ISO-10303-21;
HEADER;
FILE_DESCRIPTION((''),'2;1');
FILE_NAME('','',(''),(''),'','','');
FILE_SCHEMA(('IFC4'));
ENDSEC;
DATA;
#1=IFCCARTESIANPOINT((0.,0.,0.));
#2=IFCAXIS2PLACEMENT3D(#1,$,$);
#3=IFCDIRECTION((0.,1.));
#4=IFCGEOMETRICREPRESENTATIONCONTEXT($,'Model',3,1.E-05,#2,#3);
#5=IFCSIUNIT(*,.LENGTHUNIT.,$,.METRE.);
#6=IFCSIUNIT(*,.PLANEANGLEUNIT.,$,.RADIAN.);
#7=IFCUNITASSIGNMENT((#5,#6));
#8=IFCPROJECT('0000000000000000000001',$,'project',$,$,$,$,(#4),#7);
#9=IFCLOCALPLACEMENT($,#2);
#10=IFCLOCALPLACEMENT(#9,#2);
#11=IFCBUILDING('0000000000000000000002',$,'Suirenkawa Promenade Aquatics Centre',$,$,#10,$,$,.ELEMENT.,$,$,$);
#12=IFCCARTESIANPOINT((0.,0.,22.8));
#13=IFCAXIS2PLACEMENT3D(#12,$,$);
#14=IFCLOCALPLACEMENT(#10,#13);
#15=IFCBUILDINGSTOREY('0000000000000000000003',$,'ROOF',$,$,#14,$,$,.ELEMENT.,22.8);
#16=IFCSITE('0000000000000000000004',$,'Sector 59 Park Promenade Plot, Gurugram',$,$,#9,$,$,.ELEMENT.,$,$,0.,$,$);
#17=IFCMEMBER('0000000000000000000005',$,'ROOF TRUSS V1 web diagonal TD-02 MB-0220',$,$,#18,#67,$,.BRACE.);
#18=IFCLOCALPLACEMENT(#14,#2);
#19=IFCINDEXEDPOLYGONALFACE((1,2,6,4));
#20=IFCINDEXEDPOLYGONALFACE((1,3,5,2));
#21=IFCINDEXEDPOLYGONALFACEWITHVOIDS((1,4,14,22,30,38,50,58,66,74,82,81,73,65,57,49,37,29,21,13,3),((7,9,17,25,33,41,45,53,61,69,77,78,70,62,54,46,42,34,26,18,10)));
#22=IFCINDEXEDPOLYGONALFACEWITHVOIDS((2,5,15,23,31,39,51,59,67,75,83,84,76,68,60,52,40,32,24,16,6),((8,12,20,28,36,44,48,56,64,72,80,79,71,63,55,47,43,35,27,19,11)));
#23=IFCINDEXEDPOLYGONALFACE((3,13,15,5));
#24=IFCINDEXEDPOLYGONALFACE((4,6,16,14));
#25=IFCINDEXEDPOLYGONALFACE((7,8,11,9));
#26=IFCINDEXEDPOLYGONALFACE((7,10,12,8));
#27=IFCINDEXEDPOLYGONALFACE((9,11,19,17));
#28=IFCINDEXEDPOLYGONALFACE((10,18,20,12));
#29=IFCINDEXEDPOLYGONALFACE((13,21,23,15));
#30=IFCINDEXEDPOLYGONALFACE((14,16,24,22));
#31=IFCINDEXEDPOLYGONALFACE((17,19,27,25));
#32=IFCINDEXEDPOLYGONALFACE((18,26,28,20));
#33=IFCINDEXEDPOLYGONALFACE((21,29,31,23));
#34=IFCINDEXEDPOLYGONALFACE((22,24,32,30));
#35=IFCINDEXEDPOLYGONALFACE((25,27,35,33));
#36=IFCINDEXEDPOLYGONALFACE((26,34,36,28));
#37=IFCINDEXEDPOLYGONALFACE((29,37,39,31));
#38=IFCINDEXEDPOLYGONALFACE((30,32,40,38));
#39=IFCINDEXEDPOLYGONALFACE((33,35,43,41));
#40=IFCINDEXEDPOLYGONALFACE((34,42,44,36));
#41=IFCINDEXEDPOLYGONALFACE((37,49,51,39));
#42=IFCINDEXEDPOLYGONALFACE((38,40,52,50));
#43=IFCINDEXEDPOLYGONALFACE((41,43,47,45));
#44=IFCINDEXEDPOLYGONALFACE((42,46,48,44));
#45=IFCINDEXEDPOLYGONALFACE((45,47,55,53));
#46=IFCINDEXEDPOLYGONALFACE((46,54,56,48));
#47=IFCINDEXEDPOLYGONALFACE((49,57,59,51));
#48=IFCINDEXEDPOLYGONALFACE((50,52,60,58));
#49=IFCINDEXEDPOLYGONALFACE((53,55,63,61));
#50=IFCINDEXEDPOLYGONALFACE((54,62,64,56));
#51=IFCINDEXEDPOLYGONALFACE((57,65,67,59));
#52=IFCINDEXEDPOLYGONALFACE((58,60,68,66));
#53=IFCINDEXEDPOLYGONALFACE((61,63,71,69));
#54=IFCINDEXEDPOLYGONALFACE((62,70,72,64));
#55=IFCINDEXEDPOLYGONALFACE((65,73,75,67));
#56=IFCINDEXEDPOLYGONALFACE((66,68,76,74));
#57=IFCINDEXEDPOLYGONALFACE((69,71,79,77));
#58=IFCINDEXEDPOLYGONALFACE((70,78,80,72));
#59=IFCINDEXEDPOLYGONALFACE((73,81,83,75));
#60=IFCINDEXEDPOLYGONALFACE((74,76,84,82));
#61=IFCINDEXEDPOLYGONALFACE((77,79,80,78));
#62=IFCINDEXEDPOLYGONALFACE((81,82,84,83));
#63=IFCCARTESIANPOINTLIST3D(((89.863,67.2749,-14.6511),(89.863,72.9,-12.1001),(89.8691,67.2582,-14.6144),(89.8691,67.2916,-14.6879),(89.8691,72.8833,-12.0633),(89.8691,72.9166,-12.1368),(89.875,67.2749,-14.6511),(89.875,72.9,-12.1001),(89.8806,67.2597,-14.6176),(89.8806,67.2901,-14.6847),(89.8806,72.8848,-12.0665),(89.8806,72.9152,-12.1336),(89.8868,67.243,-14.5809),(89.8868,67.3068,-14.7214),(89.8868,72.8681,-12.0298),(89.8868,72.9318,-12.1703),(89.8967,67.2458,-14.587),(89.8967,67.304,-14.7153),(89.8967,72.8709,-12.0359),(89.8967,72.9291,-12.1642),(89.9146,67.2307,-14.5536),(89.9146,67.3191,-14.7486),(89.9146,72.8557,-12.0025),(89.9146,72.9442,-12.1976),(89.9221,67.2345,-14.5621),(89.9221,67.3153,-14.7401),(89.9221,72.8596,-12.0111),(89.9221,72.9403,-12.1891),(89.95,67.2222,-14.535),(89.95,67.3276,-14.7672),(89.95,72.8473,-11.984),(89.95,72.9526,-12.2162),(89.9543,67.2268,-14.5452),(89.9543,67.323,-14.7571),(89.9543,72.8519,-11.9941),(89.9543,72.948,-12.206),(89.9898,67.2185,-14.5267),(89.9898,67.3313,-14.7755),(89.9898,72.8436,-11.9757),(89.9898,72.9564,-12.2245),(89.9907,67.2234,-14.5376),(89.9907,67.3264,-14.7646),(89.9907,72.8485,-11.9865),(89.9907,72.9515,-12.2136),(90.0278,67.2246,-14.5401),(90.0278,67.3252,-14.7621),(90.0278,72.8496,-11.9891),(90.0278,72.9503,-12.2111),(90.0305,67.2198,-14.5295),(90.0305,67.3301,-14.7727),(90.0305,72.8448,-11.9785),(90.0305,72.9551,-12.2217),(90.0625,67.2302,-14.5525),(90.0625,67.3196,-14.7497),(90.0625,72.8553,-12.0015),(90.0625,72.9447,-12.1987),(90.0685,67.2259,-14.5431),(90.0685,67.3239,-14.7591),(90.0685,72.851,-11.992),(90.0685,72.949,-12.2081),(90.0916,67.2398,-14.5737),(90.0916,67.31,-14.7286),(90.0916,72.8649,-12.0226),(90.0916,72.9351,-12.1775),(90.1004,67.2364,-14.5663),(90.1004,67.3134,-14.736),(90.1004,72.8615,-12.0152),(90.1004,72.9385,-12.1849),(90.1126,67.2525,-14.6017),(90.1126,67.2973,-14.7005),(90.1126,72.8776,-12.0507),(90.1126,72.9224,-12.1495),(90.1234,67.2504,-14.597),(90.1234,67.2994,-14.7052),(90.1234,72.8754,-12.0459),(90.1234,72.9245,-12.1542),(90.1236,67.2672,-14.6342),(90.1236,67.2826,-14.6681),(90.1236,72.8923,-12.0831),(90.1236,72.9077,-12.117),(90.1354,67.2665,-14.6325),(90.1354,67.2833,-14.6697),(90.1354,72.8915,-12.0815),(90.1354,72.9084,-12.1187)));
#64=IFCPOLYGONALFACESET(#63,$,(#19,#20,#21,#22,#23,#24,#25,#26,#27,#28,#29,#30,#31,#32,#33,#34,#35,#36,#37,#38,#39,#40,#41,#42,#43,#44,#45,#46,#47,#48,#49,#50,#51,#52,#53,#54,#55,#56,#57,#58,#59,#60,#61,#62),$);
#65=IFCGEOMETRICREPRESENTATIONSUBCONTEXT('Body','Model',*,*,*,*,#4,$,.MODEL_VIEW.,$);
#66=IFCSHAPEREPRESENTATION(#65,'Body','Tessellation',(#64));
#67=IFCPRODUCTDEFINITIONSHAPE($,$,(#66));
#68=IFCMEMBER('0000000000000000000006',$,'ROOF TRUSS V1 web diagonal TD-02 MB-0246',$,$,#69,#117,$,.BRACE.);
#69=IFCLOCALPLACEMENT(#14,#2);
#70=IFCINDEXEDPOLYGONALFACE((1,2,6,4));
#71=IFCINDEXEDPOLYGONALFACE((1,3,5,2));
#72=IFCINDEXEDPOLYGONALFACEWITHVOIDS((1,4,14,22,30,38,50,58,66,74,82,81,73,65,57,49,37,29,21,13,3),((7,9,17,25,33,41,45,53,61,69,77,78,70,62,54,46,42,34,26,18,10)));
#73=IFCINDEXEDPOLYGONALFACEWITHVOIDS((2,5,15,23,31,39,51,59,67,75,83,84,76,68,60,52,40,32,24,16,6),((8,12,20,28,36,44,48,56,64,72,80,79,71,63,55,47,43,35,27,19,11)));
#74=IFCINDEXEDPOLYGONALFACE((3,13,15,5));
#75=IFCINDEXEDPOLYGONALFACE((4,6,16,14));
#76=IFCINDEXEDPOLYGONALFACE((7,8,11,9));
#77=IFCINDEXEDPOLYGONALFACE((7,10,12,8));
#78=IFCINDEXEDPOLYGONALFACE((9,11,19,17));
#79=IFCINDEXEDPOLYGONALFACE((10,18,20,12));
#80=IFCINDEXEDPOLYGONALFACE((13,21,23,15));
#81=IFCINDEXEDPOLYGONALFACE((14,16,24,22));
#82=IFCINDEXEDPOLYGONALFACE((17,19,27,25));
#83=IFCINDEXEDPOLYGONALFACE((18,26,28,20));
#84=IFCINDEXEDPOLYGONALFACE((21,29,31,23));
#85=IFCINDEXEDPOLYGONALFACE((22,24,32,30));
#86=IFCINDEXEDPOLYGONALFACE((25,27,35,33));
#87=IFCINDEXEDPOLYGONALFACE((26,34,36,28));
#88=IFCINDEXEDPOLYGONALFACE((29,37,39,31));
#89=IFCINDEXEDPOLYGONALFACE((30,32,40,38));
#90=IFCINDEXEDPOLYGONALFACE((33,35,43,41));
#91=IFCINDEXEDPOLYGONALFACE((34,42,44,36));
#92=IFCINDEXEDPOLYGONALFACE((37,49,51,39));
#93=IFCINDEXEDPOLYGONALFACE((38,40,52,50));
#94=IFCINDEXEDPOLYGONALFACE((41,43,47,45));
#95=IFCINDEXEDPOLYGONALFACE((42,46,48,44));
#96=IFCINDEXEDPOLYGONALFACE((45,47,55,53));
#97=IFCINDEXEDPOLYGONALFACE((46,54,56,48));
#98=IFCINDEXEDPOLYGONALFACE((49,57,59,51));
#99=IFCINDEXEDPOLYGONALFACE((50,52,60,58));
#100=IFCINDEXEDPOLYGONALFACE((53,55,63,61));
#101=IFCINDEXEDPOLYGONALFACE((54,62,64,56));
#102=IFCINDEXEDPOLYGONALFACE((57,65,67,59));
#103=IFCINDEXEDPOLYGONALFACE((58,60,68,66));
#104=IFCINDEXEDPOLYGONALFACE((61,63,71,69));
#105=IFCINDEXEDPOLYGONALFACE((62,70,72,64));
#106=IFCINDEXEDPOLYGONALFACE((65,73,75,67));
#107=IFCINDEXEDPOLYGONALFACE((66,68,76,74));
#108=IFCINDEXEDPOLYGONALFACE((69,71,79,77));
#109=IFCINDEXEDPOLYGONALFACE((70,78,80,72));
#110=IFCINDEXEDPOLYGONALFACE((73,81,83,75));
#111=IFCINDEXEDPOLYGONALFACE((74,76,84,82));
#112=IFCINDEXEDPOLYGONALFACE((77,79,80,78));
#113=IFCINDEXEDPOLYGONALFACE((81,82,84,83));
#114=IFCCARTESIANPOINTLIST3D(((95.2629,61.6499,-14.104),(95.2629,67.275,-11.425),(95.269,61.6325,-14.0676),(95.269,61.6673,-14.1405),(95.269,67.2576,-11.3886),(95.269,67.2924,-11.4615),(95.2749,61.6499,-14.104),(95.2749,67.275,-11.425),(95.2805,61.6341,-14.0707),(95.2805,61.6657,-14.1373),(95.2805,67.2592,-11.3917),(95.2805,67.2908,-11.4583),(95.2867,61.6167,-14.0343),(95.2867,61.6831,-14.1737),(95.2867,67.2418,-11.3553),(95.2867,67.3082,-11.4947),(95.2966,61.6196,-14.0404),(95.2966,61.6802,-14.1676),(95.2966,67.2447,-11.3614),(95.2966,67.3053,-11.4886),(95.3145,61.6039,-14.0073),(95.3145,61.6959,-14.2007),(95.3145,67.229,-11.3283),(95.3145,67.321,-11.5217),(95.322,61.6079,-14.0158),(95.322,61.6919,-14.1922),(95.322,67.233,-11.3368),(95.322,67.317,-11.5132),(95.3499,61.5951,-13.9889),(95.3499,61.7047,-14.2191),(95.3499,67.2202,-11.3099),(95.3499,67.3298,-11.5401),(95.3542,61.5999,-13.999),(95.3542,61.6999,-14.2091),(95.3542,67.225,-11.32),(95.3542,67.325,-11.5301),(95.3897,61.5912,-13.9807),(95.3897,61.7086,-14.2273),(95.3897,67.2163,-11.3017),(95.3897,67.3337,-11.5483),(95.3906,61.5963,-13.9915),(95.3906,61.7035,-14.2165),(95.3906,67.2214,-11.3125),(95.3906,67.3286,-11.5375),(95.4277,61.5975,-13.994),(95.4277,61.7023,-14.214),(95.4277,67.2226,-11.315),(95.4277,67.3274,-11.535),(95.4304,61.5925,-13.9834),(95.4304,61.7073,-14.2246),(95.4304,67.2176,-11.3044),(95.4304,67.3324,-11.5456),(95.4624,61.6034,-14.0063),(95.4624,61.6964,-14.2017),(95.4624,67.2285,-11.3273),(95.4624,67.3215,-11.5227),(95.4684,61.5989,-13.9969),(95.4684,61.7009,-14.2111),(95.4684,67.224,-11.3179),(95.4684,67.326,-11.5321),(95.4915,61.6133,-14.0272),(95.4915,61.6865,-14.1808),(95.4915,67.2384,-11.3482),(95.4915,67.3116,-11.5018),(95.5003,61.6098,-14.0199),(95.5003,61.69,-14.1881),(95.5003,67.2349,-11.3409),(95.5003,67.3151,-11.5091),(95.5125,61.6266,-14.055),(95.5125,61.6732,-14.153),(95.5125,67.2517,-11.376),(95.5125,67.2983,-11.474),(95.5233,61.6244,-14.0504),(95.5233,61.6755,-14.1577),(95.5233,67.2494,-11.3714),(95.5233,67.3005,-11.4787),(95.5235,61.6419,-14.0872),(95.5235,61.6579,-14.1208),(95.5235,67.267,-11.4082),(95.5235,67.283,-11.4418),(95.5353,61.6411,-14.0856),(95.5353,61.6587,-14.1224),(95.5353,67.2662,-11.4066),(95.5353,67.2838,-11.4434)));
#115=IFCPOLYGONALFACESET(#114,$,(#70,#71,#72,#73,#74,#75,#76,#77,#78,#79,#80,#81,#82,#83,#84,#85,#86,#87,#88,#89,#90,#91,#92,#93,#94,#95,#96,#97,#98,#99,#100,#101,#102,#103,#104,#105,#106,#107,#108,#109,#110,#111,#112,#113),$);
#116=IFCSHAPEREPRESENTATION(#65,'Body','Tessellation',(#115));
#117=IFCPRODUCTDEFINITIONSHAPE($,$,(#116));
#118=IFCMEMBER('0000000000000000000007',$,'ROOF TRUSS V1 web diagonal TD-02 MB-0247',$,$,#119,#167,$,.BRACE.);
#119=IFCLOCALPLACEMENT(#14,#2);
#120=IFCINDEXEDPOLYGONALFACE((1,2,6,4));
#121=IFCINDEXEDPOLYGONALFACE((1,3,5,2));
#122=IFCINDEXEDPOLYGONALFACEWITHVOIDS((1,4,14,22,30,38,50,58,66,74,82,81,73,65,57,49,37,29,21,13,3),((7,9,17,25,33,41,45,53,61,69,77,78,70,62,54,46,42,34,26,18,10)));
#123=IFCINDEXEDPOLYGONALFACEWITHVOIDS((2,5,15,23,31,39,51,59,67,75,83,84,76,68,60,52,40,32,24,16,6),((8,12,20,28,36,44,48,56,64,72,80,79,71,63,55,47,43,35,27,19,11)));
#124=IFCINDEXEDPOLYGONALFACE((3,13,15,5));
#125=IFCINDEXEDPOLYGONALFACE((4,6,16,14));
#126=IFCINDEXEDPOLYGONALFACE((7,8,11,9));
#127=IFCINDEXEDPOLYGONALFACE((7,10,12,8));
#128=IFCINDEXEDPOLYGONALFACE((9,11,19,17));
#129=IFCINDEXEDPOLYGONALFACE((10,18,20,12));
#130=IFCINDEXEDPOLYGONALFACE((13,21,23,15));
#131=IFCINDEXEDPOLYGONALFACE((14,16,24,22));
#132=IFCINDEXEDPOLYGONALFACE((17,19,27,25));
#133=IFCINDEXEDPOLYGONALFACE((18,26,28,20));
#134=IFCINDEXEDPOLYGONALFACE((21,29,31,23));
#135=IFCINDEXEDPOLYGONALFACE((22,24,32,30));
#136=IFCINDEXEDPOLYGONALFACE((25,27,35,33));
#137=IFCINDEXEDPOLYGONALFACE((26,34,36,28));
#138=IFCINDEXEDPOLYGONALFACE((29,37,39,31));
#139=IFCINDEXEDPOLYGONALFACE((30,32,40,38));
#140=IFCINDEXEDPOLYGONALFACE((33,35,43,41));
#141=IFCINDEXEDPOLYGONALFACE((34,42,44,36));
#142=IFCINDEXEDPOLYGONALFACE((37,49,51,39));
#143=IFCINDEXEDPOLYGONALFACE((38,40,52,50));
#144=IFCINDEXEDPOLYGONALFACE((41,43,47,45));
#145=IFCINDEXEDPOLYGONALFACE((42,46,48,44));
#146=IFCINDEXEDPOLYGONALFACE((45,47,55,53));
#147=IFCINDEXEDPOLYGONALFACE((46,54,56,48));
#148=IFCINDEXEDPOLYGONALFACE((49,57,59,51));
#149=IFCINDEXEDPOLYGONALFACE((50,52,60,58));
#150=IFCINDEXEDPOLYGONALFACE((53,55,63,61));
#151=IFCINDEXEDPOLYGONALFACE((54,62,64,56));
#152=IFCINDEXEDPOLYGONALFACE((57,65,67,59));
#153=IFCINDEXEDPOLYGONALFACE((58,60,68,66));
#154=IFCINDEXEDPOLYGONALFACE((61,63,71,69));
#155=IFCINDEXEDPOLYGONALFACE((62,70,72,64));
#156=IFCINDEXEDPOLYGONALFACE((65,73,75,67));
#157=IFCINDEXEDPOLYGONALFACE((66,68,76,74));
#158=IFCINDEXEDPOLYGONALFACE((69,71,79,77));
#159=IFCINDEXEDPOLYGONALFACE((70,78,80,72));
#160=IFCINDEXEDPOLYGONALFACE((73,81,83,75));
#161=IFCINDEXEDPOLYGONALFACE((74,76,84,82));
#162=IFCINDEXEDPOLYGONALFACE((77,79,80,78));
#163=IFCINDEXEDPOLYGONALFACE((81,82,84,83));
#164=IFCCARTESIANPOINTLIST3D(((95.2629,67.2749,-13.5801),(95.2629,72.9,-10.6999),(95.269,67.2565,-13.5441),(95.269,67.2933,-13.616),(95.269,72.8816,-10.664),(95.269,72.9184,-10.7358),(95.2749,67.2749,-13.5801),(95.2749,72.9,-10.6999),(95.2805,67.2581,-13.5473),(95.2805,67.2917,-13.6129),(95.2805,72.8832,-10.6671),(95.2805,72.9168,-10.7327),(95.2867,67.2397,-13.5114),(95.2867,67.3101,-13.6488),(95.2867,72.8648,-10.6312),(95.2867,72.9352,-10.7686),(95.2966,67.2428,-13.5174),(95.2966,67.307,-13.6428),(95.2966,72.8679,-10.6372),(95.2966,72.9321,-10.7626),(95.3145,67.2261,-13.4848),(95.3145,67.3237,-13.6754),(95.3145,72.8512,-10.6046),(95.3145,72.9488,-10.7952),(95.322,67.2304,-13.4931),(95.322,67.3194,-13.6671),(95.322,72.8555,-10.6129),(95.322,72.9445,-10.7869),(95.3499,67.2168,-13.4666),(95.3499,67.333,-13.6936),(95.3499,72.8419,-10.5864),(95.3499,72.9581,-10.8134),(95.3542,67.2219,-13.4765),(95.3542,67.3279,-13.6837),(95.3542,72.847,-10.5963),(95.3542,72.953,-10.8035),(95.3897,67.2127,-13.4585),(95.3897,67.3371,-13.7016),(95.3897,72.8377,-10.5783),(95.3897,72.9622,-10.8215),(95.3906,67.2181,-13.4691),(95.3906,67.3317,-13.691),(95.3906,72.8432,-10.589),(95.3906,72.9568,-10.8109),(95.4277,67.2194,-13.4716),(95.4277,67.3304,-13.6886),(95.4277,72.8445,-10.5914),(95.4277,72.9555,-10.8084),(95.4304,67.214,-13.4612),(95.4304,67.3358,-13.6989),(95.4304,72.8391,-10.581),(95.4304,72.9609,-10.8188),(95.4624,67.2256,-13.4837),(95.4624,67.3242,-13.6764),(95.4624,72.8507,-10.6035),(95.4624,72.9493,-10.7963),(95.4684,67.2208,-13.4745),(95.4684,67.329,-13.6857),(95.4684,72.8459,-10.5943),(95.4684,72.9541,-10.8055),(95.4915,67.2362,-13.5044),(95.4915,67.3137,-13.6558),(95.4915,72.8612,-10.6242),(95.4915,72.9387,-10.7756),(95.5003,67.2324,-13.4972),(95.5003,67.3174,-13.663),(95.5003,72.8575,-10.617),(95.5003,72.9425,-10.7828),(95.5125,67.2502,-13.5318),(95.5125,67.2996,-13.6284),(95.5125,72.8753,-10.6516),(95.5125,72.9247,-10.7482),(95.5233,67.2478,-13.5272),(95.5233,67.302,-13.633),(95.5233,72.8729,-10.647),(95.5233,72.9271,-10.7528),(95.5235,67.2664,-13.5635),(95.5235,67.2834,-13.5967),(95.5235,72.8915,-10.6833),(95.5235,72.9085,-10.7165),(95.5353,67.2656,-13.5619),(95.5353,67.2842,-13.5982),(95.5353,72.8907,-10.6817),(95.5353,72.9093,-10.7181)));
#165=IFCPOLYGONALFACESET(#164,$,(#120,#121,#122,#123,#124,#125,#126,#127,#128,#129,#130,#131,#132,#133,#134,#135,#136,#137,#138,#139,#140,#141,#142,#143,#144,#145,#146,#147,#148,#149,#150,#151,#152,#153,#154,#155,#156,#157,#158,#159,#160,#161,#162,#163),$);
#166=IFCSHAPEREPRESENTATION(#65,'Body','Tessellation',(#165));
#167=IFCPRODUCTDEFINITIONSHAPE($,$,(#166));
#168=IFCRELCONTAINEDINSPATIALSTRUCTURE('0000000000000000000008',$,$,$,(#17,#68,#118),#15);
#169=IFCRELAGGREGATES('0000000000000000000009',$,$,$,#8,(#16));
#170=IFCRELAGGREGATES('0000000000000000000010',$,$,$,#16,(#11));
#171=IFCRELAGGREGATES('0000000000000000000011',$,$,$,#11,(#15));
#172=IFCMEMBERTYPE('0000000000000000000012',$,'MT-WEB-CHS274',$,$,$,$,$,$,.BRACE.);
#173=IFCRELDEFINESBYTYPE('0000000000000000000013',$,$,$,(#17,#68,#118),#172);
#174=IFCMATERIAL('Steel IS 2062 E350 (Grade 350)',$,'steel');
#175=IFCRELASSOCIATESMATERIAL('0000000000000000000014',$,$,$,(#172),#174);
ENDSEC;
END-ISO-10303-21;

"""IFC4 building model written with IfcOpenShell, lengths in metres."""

from ifc_helpers import new_model, si_unit, direction, frame, origin, origin_2d, place, context, subcontext, project, spatial, hollow_circle, extrude, material, material_profile, profile_set, type_object, element, save


model = new_model("IFC4")

# Units and contexts
model_context = context("Model", 3, precision=1e-05, world=origin(), true_north=direction((0.0, 1.0)))
body_context = subcontext(model_context, "Body", "Model", "MODEL_VIEW")
ifc_project = project(units=[si_unit("LENGTHUNIT", "METRE"), si_unit("PLANEANGLEUNIT", "RADIAN")], contexts=[model_context])

# Site, building, storey
site_placement = place(None, origin())
site = spatial("IfcSite", under=ifc_project, at=site_placement, Name="Sector 59 Park Promenade Plot, Gurugram", CompositionType="ELEMENT", RefElevation=0.0)
building_placement = place(site_placement, origin())
building = spatial("IfcBuilding", under=site, at=building_placement, Name="Suirenkawa Promenade Aquatics Centre", CompositionType="ELEMENT")
storey_placement = place(building_placement, frame((0.0, 0.0, 22.8)))
storey = spatial("IfcBuildingStorey", under=building, at=storey_placement, Name="ROOF", CompositionType="ELEMENT", Elevation=22.8)

# Shared definitions
ifc_material = material(Name="Steel IS 2062 E350 (Grade 350)", Category="steel")

# Members
ifc_material_profile_1 = material_profile(ifc_material, hollow_circle(Radius=0.137, WallThickness=0.012, at=origin_2d()), Name="CHS 274x12", Category="steel")
ifc_profile_set_1 = profile_set([ifc_material_profile_1], Name="Steel IS 2062 E350 (Grade 350)")
member_type_1 = type_object("IfcMemberType", Name="MT-WEB-CHS274", PredefinedType="BRACE", material=ifc_profile_set_1)
member_1_placement = place(storey_placement, frame((90.0, 67.2749, -14.6511), z_axis=(0.0, 0.910719, 0.413026), x_axis=(-1.0, 0.0, 0.0)))
element("IfcMember", 1, at=member_1_placement, inside=storey, type_object=member_type_1, Name="ROOF TRUSS V1 web diagonal TD-02 MB-0220", PredefinedType="BRACE", context=body_context, shape_type="SweptSolid", body=[
    extrude(hollow_circle(Radius=0.137, WallThickness=0.012, at=origin_2d()), origin(), (0.0, 0.0, 1.0), 6.1765),
])
member_2_placement = place(storey_placement, frame((95.3999, 61.6499, -14.104), z_axis=(0.0, 0.902837, 0.429984), x_axis=(-1.0, 0.0, 0.0)))
element("IfcMember", 2, at=member_2_placement, inside=storey, type_object=member_type_1, Name="ROOF TRUSS V1 web diagonal TD-02 MB-0246", PredefinedType="BRACE", context=body_context, shape_type="SweptSolid", body=[
    extrude(hollow_circle(Radius=0.137, WallThickness=0.012, at=origin_2d()), origin(), (0.0, 0.0, 1.0), 6.2305),
])
member_3_placement = place(storey_placement, frame((95.3999, 67.2749, -13.5801), z_axis=(0.0, 0.890106, 0.455754), x_axis=(-1.0, 0.0, 0.0)))
element("IfcMember", 3, at=member_3_placement, inside=storey, type_object=member_type_1, Name="ROOF TRUSS V1 web diagonal TD-02 MB-0247", PredefinedType="BRACE", context=body_context, shape_type="SweptSolid", body=[
    extrude(hollow_circle(Radius=0.137, WallThickness=0.012, at=origin_2d()), origin(), (0.0, 0.0, 1.0), 6.3196),
])

save(model, "model.ifc")
